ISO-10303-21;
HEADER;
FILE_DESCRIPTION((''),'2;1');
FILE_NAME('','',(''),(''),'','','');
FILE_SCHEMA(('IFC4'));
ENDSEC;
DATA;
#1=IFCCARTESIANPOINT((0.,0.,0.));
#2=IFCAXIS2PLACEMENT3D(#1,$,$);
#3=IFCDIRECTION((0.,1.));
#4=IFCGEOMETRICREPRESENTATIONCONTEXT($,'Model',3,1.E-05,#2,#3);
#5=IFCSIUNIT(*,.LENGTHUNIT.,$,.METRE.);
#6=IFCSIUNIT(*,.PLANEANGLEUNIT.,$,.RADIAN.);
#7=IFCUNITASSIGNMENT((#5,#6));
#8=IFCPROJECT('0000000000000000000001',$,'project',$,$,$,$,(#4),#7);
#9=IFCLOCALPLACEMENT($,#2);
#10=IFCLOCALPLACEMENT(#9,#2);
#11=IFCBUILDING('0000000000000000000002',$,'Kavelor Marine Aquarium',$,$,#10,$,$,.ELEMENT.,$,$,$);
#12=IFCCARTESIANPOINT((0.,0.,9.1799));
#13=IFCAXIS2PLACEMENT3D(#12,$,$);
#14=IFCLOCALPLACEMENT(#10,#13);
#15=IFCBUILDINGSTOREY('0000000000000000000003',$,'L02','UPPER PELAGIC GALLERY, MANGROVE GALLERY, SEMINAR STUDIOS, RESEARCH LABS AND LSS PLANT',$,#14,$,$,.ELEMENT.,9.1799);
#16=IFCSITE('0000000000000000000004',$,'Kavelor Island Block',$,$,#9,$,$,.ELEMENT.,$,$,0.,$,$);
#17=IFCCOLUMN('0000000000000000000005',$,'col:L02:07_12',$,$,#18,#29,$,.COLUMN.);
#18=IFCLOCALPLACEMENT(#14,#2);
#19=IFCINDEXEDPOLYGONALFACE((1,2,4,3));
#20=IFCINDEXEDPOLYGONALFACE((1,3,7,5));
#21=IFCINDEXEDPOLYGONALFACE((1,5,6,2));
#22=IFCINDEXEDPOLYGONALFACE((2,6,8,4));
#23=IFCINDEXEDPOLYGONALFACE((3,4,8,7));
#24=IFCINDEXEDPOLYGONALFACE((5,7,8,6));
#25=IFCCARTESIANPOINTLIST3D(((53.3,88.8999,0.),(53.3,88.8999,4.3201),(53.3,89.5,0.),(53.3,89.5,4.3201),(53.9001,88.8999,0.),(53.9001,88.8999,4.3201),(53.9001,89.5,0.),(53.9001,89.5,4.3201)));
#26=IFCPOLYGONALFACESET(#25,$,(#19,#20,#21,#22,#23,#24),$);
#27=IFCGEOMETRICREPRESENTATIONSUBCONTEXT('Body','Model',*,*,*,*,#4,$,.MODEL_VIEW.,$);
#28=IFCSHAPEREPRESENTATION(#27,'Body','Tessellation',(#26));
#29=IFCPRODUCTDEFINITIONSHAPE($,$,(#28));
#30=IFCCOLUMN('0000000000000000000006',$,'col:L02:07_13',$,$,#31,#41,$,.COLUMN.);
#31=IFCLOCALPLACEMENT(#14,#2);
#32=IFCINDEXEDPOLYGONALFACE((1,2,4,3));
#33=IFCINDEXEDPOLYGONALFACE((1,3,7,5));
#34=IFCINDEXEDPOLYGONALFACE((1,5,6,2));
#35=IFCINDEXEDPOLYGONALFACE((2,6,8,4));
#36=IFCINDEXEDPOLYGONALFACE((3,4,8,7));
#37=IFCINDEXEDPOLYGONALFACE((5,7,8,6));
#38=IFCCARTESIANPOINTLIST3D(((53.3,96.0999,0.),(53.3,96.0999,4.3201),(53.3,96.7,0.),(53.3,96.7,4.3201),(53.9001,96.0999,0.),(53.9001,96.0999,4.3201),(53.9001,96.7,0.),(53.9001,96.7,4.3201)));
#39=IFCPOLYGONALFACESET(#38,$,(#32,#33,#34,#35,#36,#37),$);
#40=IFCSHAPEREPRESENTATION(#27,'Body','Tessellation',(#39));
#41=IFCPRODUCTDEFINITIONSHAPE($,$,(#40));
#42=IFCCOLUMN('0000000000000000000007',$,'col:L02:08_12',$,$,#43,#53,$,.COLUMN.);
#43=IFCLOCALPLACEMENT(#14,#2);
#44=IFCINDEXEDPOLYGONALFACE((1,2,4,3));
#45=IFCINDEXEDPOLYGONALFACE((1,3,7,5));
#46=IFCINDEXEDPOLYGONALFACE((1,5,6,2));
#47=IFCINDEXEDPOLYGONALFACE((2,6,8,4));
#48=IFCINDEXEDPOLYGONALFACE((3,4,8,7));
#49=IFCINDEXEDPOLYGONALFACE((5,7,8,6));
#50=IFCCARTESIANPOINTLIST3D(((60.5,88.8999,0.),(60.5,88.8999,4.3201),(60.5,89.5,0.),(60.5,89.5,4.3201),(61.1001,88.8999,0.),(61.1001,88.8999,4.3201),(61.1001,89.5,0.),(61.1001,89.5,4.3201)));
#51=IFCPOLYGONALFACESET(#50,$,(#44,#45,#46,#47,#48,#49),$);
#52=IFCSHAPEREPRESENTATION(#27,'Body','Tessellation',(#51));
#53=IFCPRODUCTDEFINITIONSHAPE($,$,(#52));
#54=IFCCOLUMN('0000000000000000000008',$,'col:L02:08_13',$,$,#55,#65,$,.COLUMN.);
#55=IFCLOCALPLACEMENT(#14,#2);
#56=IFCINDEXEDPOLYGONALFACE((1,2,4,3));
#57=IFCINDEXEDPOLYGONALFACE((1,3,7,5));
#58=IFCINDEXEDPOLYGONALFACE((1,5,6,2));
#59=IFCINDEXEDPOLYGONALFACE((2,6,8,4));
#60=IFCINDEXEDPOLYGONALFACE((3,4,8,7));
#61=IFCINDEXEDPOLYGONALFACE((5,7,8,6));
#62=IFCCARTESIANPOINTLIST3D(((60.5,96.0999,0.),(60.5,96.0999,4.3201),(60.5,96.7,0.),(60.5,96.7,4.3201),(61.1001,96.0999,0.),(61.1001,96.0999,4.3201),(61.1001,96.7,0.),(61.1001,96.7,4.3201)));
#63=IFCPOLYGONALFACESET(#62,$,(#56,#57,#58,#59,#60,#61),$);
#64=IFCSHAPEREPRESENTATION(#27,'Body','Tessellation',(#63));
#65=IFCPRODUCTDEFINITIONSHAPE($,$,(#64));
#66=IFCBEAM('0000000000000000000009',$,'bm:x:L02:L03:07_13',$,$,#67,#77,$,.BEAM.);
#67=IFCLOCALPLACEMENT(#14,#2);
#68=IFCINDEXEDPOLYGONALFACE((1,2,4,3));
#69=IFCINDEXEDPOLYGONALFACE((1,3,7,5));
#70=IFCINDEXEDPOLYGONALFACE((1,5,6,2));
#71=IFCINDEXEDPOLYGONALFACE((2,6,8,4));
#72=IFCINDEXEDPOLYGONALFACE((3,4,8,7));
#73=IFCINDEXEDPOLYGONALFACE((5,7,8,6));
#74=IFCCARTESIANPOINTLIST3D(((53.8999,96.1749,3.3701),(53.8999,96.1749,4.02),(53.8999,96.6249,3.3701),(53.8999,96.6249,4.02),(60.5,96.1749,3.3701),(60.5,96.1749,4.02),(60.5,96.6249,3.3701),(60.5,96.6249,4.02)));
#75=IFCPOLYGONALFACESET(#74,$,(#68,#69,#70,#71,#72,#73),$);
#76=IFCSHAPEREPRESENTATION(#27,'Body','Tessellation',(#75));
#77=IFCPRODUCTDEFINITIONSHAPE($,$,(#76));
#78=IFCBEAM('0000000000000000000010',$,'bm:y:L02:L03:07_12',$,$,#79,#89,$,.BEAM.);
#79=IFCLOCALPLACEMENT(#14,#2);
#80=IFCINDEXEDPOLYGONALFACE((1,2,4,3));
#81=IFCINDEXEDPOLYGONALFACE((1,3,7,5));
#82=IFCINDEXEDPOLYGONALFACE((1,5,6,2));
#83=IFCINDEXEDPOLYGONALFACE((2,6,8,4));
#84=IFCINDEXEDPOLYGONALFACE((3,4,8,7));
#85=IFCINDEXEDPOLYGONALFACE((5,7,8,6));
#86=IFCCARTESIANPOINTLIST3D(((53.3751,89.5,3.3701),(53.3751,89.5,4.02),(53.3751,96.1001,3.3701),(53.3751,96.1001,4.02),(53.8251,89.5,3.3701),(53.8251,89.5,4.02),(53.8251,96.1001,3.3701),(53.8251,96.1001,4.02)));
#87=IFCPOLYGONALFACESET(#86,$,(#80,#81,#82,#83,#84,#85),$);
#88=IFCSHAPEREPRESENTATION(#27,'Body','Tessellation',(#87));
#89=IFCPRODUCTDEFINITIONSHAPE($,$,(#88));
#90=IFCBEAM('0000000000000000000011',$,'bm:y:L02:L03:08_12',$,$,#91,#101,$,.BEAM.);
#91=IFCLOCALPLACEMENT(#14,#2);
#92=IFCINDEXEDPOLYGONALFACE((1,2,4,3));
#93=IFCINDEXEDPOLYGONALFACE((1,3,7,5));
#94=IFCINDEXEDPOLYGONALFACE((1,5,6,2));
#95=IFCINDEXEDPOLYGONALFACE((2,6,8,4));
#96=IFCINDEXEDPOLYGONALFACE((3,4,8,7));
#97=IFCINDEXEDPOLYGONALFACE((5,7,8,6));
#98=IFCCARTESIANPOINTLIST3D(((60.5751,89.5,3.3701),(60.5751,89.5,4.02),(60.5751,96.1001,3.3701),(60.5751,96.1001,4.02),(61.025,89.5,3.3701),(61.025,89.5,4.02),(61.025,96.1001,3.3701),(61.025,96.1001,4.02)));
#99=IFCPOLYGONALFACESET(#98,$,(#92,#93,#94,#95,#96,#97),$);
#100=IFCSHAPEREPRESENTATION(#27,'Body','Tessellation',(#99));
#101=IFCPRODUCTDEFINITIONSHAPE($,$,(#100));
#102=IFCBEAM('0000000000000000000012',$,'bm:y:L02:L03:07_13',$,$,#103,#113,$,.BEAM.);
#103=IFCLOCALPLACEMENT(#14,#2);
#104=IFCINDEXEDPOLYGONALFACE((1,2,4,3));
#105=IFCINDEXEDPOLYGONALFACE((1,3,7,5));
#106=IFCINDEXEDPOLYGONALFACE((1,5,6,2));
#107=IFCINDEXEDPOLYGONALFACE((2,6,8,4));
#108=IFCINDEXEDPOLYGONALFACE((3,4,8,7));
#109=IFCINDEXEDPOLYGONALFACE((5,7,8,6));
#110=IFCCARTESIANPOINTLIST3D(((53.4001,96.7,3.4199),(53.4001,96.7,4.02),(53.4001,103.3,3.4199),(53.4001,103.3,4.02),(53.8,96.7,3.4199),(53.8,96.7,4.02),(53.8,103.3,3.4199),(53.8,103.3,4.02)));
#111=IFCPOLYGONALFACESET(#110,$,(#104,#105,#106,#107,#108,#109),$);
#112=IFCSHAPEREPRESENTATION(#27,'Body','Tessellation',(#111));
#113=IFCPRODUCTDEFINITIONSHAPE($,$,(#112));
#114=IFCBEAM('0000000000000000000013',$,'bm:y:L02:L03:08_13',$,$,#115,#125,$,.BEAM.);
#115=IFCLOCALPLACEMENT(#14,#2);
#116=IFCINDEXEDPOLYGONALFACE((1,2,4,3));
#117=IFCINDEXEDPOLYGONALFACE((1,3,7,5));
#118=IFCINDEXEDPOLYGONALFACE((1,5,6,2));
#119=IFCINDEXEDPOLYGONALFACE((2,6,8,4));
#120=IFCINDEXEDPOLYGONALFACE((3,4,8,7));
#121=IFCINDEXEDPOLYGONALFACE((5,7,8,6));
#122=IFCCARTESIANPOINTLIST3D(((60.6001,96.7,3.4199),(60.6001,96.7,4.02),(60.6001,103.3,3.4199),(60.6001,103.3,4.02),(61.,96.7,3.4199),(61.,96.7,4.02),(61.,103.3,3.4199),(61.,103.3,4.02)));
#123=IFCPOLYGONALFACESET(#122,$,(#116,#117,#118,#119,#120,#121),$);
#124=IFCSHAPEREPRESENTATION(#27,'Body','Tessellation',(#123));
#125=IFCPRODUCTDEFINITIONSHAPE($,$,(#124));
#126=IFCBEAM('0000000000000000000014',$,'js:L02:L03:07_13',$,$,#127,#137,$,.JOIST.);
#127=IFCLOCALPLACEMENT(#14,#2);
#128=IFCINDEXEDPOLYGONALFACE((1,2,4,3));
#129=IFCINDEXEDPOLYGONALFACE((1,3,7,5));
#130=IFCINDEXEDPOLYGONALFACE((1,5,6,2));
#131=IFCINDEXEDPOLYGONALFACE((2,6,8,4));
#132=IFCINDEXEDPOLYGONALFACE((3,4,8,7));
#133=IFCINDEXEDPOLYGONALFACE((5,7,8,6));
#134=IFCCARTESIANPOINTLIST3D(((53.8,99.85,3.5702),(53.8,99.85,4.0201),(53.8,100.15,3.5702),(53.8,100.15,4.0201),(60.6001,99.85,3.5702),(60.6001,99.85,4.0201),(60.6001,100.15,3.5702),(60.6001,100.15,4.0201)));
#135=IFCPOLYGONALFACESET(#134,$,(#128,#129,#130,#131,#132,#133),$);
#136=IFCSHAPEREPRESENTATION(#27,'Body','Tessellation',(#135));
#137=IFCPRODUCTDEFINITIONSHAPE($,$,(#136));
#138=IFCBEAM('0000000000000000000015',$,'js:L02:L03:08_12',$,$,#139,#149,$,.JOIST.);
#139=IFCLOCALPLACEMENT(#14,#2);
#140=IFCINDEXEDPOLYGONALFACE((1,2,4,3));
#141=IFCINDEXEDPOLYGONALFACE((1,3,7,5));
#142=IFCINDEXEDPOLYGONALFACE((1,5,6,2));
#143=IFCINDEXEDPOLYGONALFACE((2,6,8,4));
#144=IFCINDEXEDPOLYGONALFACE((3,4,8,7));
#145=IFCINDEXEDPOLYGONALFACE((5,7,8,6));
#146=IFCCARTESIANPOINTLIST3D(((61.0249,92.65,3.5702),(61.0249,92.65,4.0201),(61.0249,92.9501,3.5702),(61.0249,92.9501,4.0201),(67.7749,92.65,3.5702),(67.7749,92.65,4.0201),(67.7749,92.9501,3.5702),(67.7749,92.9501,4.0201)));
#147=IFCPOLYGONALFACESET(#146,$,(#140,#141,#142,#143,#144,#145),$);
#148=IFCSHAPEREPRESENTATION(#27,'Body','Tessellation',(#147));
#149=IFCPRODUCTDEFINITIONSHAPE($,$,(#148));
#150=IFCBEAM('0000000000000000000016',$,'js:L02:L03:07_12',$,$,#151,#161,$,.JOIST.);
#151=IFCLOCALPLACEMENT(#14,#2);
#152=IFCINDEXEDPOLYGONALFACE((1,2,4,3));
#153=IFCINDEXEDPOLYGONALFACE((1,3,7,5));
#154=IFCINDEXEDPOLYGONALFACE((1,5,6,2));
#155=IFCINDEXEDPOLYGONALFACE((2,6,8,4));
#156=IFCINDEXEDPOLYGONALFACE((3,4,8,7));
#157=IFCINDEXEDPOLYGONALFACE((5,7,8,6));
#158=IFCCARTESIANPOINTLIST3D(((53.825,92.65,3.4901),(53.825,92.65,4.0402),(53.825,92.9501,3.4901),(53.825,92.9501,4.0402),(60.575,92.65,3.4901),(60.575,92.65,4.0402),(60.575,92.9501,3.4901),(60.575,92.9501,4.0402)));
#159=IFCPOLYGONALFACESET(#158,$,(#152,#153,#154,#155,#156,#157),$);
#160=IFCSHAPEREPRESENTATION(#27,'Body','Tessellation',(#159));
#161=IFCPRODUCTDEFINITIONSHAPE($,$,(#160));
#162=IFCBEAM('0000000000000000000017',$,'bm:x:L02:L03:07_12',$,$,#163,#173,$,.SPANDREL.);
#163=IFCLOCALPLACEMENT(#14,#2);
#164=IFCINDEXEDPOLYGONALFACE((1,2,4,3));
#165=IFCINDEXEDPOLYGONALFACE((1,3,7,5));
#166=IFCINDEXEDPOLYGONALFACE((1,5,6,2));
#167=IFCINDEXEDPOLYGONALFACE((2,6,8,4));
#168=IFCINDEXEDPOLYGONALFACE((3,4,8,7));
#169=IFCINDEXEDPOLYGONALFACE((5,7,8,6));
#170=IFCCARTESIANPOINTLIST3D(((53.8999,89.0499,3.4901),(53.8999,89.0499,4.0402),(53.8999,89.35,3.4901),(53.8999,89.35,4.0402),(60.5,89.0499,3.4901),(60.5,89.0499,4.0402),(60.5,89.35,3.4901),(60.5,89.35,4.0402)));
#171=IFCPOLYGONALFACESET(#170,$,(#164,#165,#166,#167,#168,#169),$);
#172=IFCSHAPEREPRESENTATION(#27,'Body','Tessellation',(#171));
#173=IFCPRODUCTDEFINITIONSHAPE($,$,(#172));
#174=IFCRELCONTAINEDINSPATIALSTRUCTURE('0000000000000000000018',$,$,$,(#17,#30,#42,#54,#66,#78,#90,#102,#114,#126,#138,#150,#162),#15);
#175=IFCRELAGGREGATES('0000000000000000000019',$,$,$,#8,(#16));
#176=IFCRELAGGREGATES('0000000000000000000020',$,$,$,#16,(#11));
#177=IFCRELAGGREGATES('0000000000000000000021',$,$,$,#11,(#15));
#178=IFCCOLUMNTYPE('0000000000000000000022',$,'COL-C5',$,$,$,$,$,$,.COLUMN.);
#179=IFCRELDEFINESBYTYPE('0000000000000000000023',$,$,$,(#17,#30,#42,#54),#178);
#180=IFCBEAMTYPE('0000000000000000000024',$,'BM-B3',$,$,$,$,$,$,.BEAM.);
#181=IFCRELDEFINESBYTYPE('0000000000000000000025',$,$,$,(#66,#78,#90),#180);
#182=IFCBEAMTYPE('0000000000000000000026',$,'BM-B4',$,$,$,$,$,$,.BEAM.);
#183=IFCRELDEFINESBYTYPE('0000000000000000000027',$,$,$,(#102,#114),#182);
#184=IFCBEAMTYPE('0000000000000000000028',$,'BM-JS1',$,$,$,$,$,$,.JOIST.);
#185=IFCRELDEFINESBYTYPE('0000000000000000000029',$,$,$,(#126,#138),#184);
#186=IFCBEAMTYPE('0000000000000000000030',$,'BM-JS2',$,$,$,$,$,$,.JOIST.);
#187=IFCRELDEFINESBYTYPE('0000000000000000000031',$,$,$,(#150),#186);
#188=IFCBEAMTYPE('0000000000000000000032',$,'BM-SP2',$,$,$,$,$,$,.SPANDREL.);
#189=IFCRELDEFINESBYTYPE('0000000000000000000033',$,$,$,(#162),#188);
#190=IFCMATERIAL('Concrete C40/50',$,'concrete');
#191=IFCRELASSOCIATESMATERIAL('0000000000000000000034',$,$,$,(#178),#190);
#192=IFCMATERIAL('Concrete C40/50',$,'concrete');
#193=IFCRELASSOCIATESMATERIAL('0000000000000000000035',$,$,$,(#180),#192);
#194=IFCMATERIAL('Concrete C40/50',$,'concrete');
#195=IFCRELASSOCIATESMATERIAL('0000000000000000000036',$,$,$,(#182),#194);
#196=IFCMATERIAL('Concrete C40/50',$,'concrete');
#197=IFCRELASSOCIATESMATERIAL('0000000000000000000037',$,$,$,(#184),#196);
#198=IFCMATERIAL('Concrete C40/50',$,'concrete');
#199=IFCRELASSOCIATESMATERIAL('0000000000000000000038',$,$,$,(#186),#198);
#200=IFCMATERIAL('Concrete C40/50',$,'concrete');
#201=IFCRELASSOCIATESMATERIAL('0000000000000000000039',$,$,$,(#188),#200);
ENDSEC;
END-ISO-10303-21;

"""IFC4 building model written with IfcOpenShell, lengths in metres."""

from ifc_helpers import new_model, si_unit, direction, frame, origin, origin_2d, place, context, subcontext, project, spatial, rectangle, extrude, material, material_profile, profile_set, type_object, element, save


model = new_model("IFC4")

# Units and contexts
model_context = context("Model", 3, precision=1e-05, world=origin(), true_north=direction((0.0, 1.0)))
body_context = subcontext(model_context, "Body", "Model", "MODEL_VIEW")
ifc_project = project(units=[si_unit("LENGTHUNIT", "METRE"), si_unit("PLANEANGLEUNIT", "RADIAN")], contexts=[model_context])

# Site, building, storey
site_placement = place(None, origin())
site = spatial("IfcSite", under=ifc_project, at=site_placement, Name="Kavelor Island Block", CompositionType="ELEMENT", RefElevation=0.0)
building_placement = place(site_placement, origin())
building = spatial("IfcBuilding", under=site, at=building_placement, Name="Kavelor Marine Aquarium", CompositionType="ELEMENT")
storey_placement = place(building_placement, frame((0.0, 0.0, 9.1799)))
storey = spatial("IfcBuildingStorey", under=building, at=storey_placement, Name="L02", Description="UPPER PELAGIC GALLERY, MANGROVE GALLERY, SEMINAR STUDIOS, RESEARCH LABS AND LSS PLANT", CompositionType="ELEMENT", Elevation=9.1799)

# Columns
ifc_material_1 = material(Name="Concrete C40/50", Category="concrete")
ifc_material_profile_1 = material_profile(ifc_material_1, rectangle(XDim=0.6001, YDim=0.6001, at=origin_2d()), Name="RC-COL 600x600")
ifc_profile_set_1 = profile_set([ifc_material_profile_1], Name="Concrete C40/50")
column_type = type_object("IfcColumnType", Name="COL-C5", PredefinedType="COLUMN", material=ifc_profile_set_1)
for number, where, z_axis, x_axis, name in (
    (1, (53.6001, 89.2, 0.0), (0.0, 0.0, 1.0), (1.0, 0.0, 0.0), "col:L02:07_12"),
    (2, (53.6001, 96.3999, 0.0), (0.0, 0.0, 1.0), (1.0, 0.0, 0.0), "col:L02:07_13"),
    (3, (60.8, 89.2, 0.0), (0.0, 0.0, 1.0), (1.0, 0.0, 0.0), "col:L02:08_12"),
    (4, (60.8, 96.3999, 0.0), (0.0, 0.0, 1.0), (1.0, 0.0, 0.0), "col:L02:08_13"),
):
    element("IfcColumn", number, at=place(storey_placement, frame(where, z_axis=z_axis, x_axis=x_axis)), inside=storey, type_object=column_type, Name=name, PredefinedType="COLUMN", context=body_context, shape_type="SweptSolid", body=[
        extrude(rectangle(XDim=0.6001, YDim=0.6001, at=origin_2d()), origin(), (0.0, 0.0, 1.0), 4.3201),
    ])

# Beams
ifc_material_2 = material(Name="Concrete C40/50", Category="concrete")
ifc_material_profile_2 = material_profile(ifc_material_2, rectangle(XDim=0.45, YDim=0.6499, at=origin_2d()), Name="RC-BM 450x650")
ifc_profile_set_2 = profile_set([ifc_material_profile_2], Name="Concrete C40/50")
beam_type_1 = type_object("IfcBeamType", Name="BM-B3", PredefinedType="BEAM", material=ifc_profile_set_2)
for number, where, z_axis, x_axis, name in (
    (5, (53.8999, 96.3999, 3.6951), (1.0, 0.0, 0.0), (0.0, 1.0, 0.0), "bm:x:L02:L03:07_13"),
    (6, (53.6001, 89.5, 3.6951), (0.0, 1.0, 0.0), (-1.0, 0.0, 0.0), "bm:y:L02:L03:07_12"),
    (7, (60.8, 89.5, 3.6951), (0.0, 1.0, 0.0), (-1.0, 0.0, 0.0), "bm:y:L02:L03:08_12"),
):
    element("IfcBeam", number, at=place(storey_placement, frame(where, z_axis=z_axis, x_axis=x_axis)), inside=storey, type_object=beam_type_1, Name=name, PredefinedType="BEAM", context=body_context, shape_type="SweptSolid", body=[
        extrude(rectangle(XDim=0.45, YDim=0.6499, at=origin_2d()), origin(), (0.0, 0.0, 1.0), 6.6001),
    ])
ifc_material_3 = material(Name="Concrete C40/50", Category="concrete")
ifc_material_profile_3 = material_profile(ifc_material_3, rectangle(XDim=0.3999, YDim=0.6001, at=origin_2d()), Name="RC-BM 400x600")
ifc_profile_set_3 = profile_set([ifc_material_profile_3], Name="Concrete C40/50")
beam_type_2 = type_object("IfcBeamType", Name="BM-B4", PredefinedType="BEAM", material=ifc_profile_set_3)
for number, where, z_axis, x_axis, name in (
    (8, (53.6001, 96.7, 3.72), (0.0, 1.0, 0.0), (-1.0, 0.0, 0.0), "bm:y:L02:L03:07_13"),
    (9, (60.8, 96.7, 3.72), (0.0, 1.0, 0.0), (-1.0, 0.0, 0.0), "bm:y:L02:L03:08_13"),
):
    element("IfcBeam", number, at=place(storey_placement, frame(where, z_axis=z_axis, x_axis=x_axis)), inside=storey, type_object=beam_type_2, Name=name, PredefinedType="BEAM", context=body_context, shape_type="SweptSolid", body=[
        extrude(rectangle(XDim=0.3999, YDim=0.6001, at=origin_2d()), origin(), (0.0, 0.0, 1.0), 6.6001),
    ])
ifc_material_4 = material(Name="Concrete C40/50", Category="concrete")
ifc_material_profile_4 = material_profile(ifc_material_4, rectangle(XDim=0.3, YDim=0.45, at=origin_2d()), Name="RC-JS 300x450")
ifc_profile_set_4 = profile_set([ifc_material_profile_4], Name="Concrete C40/50")
beam_type_3 = type_object("IfcBeamType", Name="BM-JS1", PredefinedType="JOIST", material=ifc_profile_set_4)
beam_1_placement = place(storey_placement, frame((53.8, 100.0, 3.7952), z_axis=(1.0, 0.0, 0.0), x_axis=(0.0, 1.0, 0.0)))
element("IfcBeam", 10, at=beam_1_placement, inside=storey, type_object=beam_type_3, Name="js:L02:L03:07_13", PredefinedType="JOIST", context=body_context, shape_type="SweptSolid", body=[
    extrude(rectangle(XDim=0.3, YDim=0.45, at=origin_2d()), origin(), (0.0, 0.0, 1.0), 6.8),
])
beam_2_placement = place(storey_placement, frame((61.0249, 92.8, 3.7952), z_axis=(1.0, 0.0, 0.0), x_axis=(0.0, 1.0, 0.0)))
element("IfcBeam", 11, at=beam_2_placement, inside=storey, type_object=beam_type_3, Name="js:L02:L03:08_12", PredefinedType="JOIST", context=body_context, shape_type="SweptSolid", body=[
    extrude(rectangle(XDim=0.3, YDim=0.45, at=origin_2d()), origin(), (0.0, 0.0, 1.0), 6.75),
])
ifc_material_5 = material(Name="Concrete C40/50", Category="concrete")
ifc_material_profile_5 = material_profile(ifc_material_5, rectangle(XDim=0.3, YDim=0.55, at=origin_2d()), Name="RC-JS 300x550")
ifc_profile_set_5 = profile_set([ifc_material_profile_5], Name="Concrete C40/50")
beam_type_4 = type_object("IfcBeamType", Name="BM-JS2", PredefinedType="JOIST", material=ifc_profile_set_5)
beam_3_placement = place(storey_placement, frame((53.825, 92.8, 3.7651), z_axis=(1.0, 0.0, 0.0), x_axis=(0.0, 1.0, 0.0)))
element("IfcBeam", 12, at=beam_3_placement, inside=storey, type_object=beam_type_4, Name="js:L02:L03:07_12", PredefinedType="JOIST", context=body_context, shape_type="SweptSolid", body=[
    extrude(rectangle(XDim=0.3, YDim=0.55, at=origin_2d()), origin(), (0.0, 0.0, 1.0), 6.75),
])
ifc_material_6 = material(Name="Concrete C40/50", Category="concrete")
ifc_material_profile_6 = material_profile(ifc_material_6, rectangle(XDim=0.3, YDim=0.55, at=origin_2d()), Name="RC-SP 300x550")
ifc_profile_set_6 = profile_set([ifc_material_profile_6], Name="Concrete C40/50")
beam_type_5 = type_object("IfcBeamType", Name="BM-SP2", PredefinedType="SPANDREL", material=ifc_profile_set_6)
beam_4_placement = place(storey_placement, frame((53.8999, 89.2, 3.7651), z_axis=(1.0, 0.0, 0.0), x_axis=(0.0, 1.0, 0.0)))
element("IfcBeam", 13, at=beam_4_placement, inside=storey, type_object=beam_type_5, Name="bm:x:L02:L03:07_12", PredefinedType="SPANDREL", context=body_context, shape_type="SweptSolid", body=[
    extrude(rectangle(XDim=0.3, YDim=0.55, at=origin_2d()), origin(), (0.0, 0.0, 1.0), 6.6001),
])

save(model, "model.ifc")
